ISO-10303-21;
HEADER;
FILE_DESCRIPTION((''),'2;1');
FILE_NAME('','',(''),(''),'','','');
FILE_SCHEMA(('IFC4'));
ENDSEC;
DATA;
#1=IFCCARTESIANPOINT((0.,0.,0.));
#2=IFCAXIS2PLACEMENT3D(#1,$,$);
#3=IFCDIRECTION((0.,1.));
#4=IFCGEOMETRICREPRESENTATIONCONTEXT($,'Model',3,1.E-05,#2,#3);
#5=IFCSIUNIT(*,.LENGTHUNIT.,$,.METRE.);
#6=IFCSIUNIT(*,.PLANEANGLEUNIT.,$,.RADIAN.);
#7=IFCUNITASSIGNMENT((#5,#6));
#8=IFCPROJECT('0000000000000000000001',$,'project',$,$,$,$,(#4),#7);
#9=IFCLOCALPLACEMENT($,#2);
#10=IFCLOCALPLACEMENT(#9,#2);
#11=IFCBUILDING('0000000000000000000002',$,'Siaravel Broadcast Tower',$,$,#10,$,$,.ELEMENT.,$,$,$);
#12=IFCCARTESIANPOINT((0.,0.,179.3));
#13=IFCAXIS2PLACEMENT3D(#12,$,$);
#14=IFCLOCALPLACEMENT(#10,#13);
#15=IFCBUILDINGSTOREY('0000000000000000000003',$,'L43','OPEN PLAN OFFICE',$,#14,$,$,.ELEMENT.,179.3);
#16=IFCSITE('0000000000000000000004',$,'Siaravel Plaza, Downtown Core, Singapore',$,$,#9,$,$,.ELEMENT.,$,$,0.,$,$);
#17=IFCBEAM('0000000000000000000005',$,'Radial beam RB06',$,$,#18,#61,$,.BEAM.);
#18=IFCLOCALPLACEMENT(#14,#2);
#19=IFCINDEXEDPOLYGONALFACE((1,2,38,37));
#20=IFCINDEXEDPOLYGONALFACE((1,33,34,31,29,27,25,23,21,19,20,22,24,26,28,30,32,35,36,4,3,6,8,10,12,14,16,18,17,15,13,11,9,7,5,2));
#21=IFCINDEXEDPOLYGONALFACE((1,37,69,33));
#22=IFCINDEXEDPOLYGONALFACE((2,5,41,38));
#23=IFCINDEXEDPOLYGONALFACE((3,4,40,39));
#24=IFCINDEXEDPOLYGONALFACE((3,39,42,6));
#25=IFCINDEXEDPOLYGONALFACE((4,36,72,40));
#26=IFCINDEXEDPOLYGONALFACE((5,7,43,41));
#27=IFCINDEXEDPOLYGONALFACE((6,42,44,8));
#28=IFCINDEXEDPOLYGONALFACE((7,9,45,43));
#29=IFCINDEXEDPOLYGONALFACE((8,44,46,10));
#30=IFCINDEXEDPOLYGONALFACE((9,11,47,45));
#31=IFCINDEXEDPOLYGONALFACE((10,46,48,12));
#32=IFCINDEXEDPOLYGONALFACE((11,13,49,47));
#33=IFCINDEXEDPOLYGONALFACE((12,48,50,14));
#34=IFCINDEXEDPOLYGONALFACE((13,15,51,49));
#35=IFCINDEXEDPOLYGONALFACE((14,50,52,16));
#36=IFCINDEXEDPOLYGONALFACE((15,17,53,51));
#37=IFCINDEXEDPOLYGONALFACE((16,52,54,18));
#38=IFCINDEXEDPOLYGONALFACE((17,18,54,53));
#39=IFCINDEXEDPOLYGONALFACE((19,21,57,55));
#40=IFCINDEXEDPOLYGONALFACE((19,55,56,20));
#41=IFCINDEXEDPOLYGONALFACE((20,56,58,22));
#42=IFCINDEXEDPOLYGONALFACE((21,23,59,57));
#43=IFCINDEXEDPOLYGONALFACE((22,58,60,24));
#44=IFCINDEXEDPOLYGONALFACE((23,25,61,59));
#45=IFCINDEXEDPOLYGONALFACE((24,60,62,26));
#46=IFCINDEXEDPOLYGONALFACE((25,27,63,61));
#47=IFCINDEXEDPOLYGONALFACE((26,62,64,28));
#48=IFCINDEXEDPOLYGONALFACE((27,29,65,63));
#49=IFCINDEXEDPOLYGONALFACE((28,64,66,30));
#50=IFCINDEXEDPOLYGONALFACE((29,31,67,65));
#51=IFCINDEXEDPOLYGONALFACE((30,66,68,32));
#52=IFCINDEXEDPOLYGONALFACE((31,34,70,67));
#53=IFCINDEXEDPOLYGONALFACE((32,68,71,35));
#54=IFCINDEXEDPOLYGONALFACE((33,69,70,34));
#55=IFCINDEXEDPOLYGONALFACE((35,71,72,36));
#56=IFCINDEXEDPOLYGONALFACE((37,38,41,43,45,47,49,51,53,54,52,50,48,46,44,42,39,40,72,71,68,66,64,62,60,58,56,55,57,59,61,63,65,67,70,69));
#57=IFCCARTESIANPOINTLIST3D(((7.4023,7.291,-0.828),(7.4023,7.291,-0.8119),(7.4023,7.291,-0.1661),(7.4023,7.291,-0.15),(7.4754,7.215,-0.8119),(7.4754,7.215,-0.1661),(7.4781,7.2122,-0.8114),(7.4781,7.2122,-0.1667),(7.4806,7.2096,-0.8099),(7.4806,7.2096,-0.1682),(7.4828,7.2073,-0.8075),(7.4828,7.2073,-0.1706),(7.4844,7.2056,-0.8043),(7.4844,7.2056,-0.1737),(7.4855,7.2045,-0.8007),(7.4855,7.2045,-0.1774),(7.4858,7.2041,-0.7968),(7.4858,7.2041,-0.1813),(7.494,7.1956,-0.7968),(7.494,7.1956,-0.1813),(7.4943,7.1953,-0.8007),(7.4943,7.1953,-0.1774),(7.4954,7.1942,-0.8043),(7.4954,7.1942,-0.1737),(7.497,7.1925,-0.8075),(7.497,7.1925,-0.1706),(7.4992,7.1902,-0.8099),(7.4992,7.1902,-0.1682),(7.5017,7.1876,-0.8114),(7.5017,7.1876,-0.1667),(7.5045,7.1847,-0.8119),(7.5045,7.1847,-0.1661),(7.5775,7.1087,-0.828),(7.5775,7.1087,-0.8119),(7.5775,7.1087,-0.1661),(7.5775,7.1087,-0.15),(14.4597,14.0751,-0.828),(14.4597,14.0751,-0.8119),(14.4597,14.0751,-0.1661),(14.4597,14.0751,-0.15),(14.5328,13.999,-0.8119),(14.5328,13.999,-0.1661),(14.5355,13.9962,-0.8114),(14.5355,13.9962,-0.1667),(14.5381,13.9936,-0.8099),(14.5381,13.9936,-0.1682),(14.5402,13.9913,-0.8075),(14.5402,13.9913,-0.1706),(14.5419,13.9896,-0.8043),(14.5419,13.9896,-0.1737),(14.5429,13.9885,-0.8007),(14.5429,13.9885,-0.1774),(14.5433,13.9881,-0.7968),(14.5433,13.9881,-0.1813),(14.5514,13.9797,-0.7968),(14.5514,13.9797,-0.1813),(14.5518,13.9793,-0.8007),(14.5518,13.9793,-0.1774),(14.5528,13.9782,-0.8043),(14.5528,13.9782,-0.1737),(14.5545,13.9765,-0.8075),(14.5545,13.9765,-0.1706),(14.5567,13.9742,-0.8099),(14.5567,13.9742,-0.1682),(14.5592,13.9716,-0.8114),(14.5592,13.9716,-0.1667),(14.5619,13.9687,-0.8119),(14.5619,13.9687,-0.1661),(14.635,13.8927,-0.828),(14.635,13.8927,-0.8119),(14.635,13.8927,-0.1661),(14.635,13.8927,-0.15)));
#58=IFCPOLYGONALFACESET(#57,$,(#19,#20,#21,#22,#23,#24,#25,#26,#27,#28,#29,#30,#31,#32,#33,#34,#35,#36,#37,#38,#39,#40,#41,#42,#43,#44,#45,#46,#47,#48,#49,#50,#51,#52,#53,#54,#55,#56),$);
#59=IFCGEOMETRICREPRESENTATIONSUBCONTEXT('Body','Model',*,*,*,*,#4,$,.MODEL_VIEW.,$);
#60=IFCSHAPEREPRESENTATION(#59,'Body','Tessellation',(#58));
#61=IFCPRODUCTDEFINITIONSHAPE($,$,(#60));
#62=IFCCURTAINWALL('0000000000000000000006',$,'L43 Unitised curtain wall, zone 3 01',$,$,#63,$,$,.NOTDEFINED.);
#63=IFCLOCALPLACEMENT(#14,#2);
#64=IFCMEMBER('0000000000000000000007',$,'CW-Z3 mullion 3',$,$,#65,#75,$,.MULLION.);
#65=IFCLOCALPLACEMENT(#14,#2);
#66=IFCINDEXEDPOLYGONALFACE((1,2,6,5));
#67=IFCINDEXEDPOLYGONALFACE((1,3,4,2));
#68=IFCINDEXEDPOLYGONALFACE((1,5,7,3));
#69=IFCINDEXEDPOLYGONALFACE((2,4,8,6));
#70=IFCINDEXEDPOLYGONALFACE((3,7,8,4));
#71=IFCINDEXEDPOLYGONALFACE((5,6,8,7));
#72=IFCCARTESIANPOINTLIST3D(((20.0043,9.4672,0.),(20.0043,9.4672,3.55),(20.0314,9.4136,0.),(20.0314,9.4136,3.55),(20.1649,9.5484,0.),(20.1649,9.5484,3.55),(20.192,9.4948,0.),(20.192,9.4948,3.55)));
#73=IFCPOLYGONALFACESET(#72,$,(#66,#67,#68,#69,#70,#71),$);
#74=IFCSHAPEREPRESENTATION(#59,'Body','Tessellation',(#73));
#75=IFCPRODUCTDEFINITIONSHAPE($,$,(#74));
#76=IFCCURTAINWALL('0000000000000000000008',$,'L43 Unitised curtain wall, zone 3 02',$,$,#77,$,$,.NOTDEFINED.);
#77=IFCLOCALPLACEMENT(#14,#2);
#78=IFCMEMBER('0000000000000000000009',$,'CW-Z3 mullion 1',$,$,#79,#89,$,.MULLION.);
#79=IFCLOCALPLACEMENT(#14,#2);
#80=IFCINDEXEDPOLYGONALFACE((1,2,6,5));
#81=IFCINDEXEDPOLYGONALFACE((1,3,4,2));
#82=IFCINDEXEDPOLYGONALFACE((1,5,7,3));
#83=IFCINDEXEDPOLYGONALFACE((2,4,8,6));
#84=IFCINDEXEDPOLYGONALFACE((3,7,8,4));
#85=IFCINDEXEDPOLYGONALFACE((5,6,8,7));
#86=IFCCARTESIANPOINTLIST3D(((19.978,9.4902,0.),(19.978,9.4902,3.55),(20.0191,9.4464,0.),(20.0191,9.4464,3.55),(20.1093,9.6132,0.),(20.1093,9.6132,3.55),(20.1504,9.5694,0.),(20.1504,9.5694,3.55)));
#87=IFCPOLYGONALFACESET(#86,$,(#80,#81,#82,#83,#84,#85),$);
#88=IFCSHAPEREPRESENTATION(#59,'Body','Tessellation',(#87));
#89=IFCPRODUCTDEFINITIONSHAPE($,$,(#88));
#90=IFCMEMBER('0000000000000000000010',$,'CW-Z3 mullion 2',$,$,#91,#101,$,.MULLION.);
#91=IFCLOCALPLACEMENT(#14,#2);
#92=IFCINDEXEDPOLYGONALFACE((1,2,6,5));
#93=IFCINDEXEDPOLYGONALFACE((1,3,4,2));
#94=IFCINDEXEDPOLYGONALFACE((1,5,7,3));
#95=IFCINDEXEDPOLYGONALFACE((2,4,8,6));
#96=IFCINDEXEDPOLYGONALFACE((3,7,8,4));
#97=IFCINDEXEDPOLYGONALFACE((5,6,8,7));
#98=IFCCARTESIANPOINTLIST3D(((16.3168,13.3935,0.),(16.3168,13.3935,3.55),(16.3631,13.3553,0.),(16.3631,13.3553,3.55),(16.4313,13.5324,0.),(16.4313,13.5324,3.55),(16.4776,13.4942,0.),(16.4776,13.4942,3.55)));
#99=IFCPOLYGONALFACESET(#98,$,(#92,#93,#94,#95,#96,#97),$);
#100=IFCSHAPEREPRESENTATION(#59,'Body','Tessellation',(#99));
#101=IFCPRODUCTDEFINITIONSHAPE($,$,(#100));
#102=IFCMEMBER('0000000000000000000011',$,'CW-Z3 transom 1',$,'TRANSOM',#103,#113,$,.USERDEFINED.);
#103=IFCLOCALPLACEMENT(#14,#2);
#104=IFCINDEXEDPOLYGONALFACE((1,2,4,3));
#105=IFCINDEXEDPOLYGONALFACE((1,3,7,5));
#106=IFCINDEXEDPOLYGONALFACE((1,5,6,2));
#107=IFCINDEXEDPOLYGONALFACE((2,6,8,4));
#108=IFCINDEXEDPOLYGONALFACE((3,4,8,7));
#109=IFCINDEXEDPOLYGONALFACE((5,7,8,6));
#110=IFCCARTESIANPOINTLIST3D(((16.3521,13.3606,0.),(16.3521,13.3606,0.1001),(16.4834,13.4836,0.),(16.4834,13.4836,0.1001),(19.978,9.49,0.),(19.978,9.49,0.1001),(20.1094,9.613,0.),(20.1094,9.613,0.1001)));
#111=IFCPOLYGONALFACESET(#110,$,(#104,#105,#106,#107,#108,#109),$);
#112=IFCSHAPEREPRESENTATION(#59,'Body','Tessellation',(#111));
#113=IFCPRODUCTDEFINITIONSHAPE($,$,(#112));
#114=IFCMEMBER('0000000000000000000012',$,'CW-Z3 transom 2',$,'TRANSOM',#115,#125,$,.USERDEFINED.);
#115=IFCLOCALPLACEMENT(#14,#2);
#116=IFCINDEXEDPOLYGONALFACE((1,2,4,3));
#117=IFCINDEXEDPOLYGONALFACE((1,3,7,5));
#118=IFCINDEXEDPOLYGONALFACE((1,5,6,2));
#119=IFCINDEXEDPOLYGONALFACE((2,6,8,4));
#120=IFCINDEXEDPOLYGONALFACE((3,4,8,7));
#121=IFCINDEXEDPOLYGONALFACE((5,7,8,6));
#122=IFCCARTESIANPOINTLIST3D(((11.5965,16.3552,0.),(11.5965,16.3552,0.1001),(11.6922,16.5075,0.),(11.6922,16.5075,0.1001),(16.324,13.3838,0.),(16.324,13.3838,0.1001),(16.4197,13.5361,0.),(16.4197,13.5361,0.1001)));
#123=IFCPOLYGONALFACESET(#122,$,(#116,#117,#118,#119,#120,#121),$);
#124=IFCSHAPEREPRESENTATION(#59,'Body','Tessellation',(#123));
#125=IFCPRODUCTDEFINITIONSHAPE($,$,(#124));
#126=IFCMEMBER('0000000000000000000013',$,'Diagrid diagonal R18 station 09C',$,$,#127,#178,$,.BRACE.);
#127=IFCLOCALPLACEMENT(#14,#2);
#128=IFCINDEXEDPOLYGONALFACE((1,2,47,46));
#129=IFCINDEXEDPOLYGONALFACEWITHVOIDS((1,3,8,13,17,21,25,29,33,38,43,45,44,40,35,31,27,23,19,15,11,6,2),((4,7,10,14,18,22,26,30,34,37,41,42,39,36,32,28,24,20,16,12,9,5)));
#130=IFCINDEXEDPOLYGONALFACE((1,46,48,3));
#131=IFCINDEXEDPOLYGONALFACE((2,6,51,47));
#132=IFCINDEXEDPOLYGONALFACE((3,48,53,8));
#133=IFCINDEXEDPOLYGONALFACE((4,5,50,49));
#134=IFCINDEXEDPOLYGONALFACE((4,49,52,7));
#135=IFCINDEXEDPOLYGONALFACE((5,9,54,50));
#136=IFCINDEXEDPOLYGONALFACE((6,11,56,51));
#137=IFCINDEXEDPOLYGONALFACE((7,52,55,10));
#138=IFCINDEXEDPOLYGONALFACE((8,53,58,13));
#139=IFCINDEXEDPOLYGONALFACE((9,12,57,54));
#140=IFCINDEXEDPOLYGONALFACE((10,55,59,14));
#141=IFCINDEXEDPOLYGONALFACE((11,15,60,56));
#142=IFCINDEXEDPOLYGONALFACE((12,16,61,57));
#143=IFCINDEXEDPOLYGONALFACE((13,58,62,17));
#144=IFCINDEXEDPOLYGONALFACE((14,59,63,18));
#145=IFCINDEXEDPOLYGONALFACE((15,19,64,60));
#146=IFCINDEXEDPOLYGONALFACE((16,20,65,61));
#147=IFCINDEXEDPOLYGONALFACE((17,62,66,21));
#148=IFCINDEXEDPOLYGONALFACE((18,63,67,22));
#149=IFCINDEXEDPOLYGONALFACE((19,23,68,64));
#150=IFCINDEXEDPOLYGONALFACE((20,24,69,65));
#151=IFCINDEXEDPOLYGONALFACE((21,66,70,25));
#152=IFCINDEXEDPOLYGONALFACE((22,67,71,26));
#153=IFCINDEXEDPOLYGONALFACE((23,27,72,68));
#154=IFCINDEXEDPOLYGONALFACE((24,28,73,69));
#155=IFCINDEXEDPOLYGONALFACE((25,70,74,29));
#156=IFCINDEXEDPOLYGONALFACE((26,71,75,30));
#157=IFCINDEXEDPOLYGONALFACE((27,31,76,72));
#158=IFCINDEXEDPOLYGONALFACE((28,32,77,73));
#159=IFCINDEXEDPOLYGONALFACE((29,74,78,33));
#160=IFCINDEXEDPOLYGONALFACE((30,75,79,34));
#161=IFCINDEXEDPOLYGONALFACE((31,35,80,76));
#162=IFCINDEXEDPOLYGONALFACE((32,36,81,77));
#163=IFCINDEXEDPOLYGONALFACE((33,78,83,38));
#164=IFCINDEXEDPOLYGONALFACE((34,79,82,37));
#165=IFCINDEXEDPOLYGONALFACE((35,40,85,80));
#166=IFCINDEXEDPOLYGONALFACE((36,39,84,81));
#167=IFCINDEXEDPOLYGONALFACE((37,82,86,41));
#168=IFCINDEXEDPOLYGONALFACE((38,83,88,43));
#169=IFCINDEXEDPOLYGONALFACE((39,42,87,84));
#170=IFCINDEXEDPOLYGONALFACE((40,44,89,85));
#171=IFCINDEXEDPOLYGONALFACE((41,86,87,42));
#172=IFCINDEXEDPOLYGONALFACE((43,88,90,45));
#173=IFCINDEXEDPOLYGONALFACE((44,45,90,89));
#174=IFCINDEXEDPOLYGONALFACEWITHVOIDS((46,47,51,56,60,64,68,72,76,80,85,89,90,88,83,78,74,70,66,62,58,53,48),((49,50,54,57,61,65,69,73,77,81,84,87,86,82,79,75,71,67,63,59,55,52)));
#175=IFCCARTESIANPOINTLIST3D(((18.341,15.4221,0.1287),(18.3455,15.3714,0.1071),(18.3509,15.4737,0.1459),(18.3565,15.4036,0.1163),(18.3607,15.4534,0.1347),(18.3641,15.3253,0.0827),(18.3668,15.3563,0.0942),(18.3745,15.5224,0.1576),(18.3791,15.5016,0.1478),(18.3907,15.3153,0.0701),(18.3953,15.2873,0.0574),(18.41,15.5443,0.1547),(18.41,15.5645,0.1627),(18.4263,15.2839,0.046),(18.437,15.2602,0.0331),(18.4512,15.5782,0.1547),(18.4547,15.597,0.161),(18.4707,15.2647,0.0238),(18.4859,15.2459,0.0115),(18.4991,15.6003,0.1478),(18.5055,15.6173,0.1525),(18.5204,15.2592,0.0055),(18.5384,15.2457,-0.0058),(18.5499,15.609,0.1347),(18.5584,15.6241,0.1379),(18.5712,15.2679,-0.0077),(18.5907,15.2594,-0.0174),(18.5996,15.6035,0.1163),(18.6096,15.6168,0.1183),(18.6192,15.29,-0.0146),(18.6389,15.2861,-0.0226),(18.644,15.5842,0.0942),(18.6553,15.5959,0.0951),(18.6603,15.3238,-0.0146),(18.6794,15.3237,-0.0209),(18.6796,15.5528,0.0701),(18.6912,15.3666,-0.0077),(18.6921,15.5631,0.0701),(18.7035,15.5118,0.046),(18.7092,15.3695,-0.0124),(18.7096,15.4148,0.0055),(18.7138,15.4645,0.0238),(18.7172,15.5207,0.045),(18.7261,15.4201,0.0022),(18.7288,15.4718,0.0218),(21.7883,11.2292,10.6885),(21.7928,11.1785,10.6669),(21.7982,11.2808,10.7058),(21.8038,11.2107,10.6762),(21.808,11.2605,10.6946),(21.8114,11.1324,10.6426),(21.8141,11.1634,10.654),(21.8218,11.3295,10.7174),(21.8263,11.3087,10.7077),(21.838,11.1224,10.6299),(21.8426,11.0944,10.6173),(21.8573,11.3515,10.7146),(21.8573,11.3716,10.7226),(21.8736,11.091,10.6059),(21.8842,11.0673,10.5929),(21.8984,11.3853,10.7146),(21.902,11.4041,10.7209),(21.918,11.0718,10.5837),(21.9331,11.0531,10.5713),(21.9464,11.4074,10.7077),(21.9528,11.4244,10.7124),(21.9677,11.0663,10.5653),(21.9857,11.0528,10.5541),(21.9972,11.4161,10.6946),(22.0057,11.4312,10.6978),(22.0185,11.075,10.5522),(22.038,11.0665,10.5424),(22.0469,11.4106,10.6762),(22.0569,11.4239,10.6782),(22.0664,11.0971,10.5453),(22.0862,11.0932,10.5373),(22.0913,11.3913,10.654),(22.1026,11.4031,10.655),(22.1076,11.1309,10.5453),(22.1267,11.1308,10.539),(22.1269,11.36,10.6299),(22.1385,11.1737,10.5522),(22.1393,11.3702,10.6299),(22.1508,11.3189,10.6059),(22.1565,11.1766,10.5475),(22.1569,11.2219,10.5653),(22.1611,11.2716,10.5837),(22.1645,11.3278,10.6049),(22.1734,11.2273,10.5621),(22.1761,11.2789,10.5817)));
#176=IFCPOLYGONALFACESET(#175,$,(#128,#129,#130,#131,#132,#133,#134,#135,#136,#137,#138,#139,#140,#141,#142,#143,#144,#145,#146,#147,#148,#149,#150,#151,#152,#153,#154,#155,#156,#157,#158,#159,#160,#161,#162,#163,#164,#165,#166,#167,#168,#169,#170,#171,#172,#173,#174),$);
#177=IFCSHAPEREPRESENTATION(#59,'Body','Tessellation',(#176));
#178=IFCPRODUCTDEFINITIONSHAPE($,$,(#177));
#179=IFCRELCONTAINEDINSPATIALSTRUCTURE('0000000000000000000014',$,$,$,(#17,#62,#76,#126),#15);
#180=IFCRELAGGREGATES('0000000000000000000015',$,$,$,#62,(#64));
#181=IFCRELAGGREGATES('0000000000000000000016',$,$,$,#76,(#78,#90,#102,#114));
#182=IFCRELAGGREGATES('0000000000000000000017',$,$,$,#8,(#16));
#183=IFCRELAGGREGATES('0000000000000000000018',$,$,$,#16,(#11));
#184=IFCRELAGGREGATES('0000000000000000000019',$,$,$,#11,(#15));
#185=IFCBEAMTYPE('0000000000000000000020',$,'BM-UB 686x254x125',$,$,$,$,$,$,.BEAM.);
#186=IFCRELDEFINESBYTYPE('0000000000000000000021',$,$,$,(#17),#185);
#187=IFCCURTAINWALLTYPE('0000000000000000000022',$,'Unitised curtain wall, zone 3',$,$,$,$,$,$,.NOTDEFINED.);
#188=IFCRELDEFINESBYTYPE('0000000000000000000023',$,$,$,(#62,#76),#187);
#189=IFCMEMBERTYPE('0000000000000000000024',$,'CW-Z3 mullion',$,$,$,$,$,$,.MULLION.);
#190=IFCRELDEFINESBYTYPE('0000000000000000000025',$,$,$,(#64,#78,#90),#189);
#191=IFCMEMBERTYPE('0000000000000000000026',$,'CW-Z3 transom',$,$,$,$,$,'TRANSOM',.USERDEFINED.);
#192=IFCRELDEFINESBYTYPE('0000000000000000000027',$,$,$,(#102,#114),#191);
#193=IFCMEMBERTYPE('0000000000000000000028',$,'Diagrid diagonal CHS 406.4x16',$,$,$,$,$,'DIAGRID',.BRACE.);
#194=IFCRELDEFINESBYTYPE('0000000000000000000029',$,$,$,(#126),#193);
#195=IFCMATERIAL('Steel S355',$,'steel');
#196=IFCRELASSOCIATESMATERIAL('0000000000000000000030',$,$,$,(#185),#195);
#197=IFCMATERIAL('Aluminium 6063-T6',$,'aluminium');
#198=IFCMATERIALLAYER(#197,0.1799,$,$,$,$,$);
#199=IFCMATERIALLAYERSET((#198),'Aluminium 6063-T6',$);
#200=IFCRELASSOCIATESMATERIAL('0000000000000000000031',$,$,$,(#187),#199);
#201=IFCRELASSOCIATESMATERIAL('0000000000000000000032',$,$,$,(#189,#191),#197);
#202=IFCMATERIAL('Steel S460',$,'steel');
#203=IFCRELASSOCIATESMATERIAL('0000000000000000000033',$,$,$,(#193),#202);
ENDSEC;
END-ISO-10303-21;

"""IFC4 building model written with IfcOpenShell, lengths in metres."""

from ifc_helpers import new_model, si_unit, direction, frame, origin, origin_2d, place, context, subcontext, project, spatial, rectangle, hollow_circle, i_section, extrude, material, layer, layer_set, material_profile, profile_set, type_object, element, aggregate, save


model = new_model("IFC4")

# Units and contexts
model_context = context("Model", 3, precision=1e-05, world=origin(), true_north=direction((0.0, 1.0)))
body_context = subcontext(model_context, "Body", "Model", "MODEL_VIEW")
ifc_project = project(units=[si_unit("LENGTHUNIT", "METRE"), si_unit("PLANEANGLEUNIT", "RADIAN")], contexts=[model_context])

# Site, building, storey
site_placement = place(None, origin())
site = spatial("IfcSite", under=ifc_project, at=site_placement, Name="Siaravel Plaza, Downtown Core, Singapore", CompositionType="ELEMENT", RefElevation=0.0)
building_placement = place(site_placement, origin())
building = spatial("IfcBuilding", under=site, at=building_placement, Name="Siaravel Broadcast Tower", CompositionType="ELEMENT")
storey_placement = place(building_placement, frame((0.0, 0.0, 179.3)))
storey = spatial("IfcBuildingStorey", under=building, at=storey_placement, Name="L43", Description="OPEN PLAN OFFICE", CompositionType="ELEMENT", Elevation=179.3)

# Beam
ifc_material_1 = material(Name="Steel S355", Category="steel")
ifc_material_profile_1 = material_profile(ifc_material_1, i_section(OverallWidth=0.2529, OverallDepth=0.678, WebThickness=0.0117, FlangeThickness=0.0161, FilletRadius=0.0151, at=origin_2d()))
ifc_profile_set_1 = profile_set([ifc_material_profile_1], Name="Steel S355")
beam_type = type_object("IfcBeamType", Name="BM-UB 686x254x125", PredefinedType="BEAM", material=ifc_profile_set_1)
beam_1_placement = place(storey_placement, frame((14.5474, 13.9839, -0.489), z_axis=(-0.720935, -0.693003, 0.0), x_axis=(0.693003, -0.720935, 0.0)))
element("IfcBeam", 1, at=beam_1_placement, inside=storey, type_object=beam_type, Name="Radial beam RB06", PredefinedType="BEAM", context=body_context, shape_type="SweptSolid", body=[
    extrude(i_section(OverallWidth=0.2529, OverallDepth=0.678, WebThickness=0.0117, FlangeThickness=0.0161, FilletRadius=0.0151, at=origin_2d()), origin(), (0.0, 0.0, 1.0), 9.7893),
])

# Curtain wall, member
ifc_material_2 = material(Name="Aluminium 6063-T6", Category="aluminium")
ifc_layer_1 = layer(ifc_material_2, 0.1799)
ifc_layer_set_1 = layer_set([ifc_layer_1], Name="Aluminium 6063-T6")
curtain_wall_type = type_object("IfcCurtainWallType", Name="Unitised curtain wall, zone 3", PredefinedType="NOTDEFINED", material=ifc_layer_set_1)
curtain_wall_1_placement = place(storey_placement, origin())
curtain_wall_1 = element("IfcCurtainWall", 2, at=curtain_wall_1_placement, inside=storey, type_object=curtain_wall_type, Name="L43 Unitised curtain wall, zone 3 01", PredefinedType="NOTDEFINED")
ifc_material_profile_2 = material_profile(ifc_material_2, rectangle(XDim=0.1799, YDim=0.0601, at=origin_2d()))
ifc_profile_set_2 = profile_set([ifc_material_profile_2], Name="Aluminium 6063-T6")
member_type_1 = type_object("IfcMemberType", Name="CW-Z3 mullion", PredefinedType="MULLION", material=ifc_profile_set_2)
member_1_placement = place(storey_placement, frame((20.0981, 9.481, 0.0), z_axis=(0.0, 0.0, 1.0), x_axis=(-0.892392, -0.451261, 0.0)))
member_1 = element("IfcMember", 3, at=member_1_placement, type_object=member_type_1, Name="CW-Z3 mullion 3", PredefinedType="MULLION", context=body_context, shape_type="SweptSolid", body=[
    extrude(rectangle(XDim=0.1799, YDim=0.0601, at=origin_2d()), origin(), (0.0, 0.0, 1.0), 3.55),
])
aggregate(curtain_wall_1, [member_1])

# Curtain wall, members
curtain_wall_2_placement = place(storey_placement, origin())
curtain_wall_2 = element("IfcCurtainWall", 4, at=curtain_wall_2_placement, inside=storey, type_object=curtain_wall_type, Name="L43 Unitised curtain wall, zone 3 02", PredefinedType="NOTDEFINED")
member_2_placement = place(storey_placement, frame((20.0642, 9.5298, 0.0), z_axis=(0.0, 0.0, 1.0), x_axis=(-0.729805, -0.683655, 0.0)))
member_2 = element("IfcMember", 5, at=member_2_placement, type_object=member_type_1, Name="CW-Z3 mullion 1", PredefinedType="MULLION", context=body_context, shape_type="SweptSolid", body=[
    extrude(rectangle(XDim=0.1799, YDim=0.0601, at=origin_2d()), origin(), (0.0, 0.0, 1.0), 3.55),
])
member_3_placement = place(storey_placement, frame((16.3972, 13.4438, 0.0), z_axis=(0.0, 0.0, 1.0), x_axis=(-0.636218, -0.771509, 0.0)))
member_3 = element("IfcMember", 6, at=member_3_placement, type_object=member_type_1, Name="CW-Z3 mullion 2", PredefinedType="MULLION", context=body_context, shape_type="SweptSolid", body=[
    extrude(rectangle(XDim=0.1799, YDim=0.0601, at=origin_2d()), origin(), (0.0, 0.0, 1.0), 3.55),
])
ifc_material_profile_3 = material_profile(ifc_material_2, rectangle(XDim=0.1799, YDim=0.1001, at=origin_2d()))
ifc_profile_set_3 = profile_set([ifc_material_profile_3], Name="Aluminium 6063-T6")
member_type_2 = type_object("IfcMemberType", Name="CW-Z3 transom", ElementType="TRANSOM", PredefinedType="USERDEFINED", material=ifc_profile_set_3)
member_4_placement = place(storey_placement, frame((20.0437, 9.5515, 0.05), z_axis=(-0.683669, 0.729793, 0.0), x_axis=(-0.729793, -0.683669, 0.0)))
member_4 = element("IfcMember", 7, at=member_4_placement, type_object=member_type_2, Name="CW-Z3 transom 1", ObjectType="TRANSOM", PredefinedType="USERDEFINED", context=body_context, shape_type="SweptSolid", body=[
    extrude(rectangle(XDim=0.1799, YDim=0.1001, at=origin_2d()), origin(), (0.0, 0.0, 1.0), 5.3037),
])
member_5_placement = place(storey_placement, frame((16.3718, 13.46, 0.05), z_axis=(-0.846649, 0.532151, 0.0), x_axis=(-0.532151, -0.846649, 0.0)))
member_5 = element("IfcMember", 8, at=member_5_placement, type_object=member_type_2, Name="CW-Z3 transom 2", ObjectType="TRANSOM", PredefinedType="USERDEFINED", context=body_context, shape_type="SweptSolid", body=[
    extrude(rectangle(XDim=0.1799, YDim=0.1001, at=origin_2d()), origin(), (0.0, 0.0, 1.0), 5.5837),
])

# Member
ifc_material_3 = material(Name="Steel S460", Category="steel")
ifc_material_profile_4 = material_profile(ifc_material_3, hollow_circle(Radius=0.2031, WallThickness=0.0161, at=origin_2d()))
ifc_profile_set_4 = profile_set([ifc_material_profile_4], Name="Steel S460")
member_type_3 = type_object("IfcMemberType", Name="Diagrid diagonal CHS 406.4x16", ElementType="DIAGRID", PredefinedType="BRACE", material=ifc_profile_set_4)
member_6_placement = place(storey_placement, frame((18.5352, 15.4341, 0.0701), z_axis=(0.290339, -0.353137, 0.88938), x_axis=(0.772444, 0.635083, 0.0)))
element("IfcMember", 9, at=member_6_placement, inside=storey, type_object=member_type_3, Name="Diagrid diagonal R18 station 09C", PredefinedType="BRACE", context=body_context, shape_type="SweptSolid", body=[
    extrude(hollow_circle(Radius=0.2031, WallThickness=0.0161, at=origin_2d()), origin(), (0.0, 0.0, 1.0), 11.8733),
])

aggregate(curtain_wall_2, [member_2, member_3, member_4, member_5])

save(model, "model.ifc")
